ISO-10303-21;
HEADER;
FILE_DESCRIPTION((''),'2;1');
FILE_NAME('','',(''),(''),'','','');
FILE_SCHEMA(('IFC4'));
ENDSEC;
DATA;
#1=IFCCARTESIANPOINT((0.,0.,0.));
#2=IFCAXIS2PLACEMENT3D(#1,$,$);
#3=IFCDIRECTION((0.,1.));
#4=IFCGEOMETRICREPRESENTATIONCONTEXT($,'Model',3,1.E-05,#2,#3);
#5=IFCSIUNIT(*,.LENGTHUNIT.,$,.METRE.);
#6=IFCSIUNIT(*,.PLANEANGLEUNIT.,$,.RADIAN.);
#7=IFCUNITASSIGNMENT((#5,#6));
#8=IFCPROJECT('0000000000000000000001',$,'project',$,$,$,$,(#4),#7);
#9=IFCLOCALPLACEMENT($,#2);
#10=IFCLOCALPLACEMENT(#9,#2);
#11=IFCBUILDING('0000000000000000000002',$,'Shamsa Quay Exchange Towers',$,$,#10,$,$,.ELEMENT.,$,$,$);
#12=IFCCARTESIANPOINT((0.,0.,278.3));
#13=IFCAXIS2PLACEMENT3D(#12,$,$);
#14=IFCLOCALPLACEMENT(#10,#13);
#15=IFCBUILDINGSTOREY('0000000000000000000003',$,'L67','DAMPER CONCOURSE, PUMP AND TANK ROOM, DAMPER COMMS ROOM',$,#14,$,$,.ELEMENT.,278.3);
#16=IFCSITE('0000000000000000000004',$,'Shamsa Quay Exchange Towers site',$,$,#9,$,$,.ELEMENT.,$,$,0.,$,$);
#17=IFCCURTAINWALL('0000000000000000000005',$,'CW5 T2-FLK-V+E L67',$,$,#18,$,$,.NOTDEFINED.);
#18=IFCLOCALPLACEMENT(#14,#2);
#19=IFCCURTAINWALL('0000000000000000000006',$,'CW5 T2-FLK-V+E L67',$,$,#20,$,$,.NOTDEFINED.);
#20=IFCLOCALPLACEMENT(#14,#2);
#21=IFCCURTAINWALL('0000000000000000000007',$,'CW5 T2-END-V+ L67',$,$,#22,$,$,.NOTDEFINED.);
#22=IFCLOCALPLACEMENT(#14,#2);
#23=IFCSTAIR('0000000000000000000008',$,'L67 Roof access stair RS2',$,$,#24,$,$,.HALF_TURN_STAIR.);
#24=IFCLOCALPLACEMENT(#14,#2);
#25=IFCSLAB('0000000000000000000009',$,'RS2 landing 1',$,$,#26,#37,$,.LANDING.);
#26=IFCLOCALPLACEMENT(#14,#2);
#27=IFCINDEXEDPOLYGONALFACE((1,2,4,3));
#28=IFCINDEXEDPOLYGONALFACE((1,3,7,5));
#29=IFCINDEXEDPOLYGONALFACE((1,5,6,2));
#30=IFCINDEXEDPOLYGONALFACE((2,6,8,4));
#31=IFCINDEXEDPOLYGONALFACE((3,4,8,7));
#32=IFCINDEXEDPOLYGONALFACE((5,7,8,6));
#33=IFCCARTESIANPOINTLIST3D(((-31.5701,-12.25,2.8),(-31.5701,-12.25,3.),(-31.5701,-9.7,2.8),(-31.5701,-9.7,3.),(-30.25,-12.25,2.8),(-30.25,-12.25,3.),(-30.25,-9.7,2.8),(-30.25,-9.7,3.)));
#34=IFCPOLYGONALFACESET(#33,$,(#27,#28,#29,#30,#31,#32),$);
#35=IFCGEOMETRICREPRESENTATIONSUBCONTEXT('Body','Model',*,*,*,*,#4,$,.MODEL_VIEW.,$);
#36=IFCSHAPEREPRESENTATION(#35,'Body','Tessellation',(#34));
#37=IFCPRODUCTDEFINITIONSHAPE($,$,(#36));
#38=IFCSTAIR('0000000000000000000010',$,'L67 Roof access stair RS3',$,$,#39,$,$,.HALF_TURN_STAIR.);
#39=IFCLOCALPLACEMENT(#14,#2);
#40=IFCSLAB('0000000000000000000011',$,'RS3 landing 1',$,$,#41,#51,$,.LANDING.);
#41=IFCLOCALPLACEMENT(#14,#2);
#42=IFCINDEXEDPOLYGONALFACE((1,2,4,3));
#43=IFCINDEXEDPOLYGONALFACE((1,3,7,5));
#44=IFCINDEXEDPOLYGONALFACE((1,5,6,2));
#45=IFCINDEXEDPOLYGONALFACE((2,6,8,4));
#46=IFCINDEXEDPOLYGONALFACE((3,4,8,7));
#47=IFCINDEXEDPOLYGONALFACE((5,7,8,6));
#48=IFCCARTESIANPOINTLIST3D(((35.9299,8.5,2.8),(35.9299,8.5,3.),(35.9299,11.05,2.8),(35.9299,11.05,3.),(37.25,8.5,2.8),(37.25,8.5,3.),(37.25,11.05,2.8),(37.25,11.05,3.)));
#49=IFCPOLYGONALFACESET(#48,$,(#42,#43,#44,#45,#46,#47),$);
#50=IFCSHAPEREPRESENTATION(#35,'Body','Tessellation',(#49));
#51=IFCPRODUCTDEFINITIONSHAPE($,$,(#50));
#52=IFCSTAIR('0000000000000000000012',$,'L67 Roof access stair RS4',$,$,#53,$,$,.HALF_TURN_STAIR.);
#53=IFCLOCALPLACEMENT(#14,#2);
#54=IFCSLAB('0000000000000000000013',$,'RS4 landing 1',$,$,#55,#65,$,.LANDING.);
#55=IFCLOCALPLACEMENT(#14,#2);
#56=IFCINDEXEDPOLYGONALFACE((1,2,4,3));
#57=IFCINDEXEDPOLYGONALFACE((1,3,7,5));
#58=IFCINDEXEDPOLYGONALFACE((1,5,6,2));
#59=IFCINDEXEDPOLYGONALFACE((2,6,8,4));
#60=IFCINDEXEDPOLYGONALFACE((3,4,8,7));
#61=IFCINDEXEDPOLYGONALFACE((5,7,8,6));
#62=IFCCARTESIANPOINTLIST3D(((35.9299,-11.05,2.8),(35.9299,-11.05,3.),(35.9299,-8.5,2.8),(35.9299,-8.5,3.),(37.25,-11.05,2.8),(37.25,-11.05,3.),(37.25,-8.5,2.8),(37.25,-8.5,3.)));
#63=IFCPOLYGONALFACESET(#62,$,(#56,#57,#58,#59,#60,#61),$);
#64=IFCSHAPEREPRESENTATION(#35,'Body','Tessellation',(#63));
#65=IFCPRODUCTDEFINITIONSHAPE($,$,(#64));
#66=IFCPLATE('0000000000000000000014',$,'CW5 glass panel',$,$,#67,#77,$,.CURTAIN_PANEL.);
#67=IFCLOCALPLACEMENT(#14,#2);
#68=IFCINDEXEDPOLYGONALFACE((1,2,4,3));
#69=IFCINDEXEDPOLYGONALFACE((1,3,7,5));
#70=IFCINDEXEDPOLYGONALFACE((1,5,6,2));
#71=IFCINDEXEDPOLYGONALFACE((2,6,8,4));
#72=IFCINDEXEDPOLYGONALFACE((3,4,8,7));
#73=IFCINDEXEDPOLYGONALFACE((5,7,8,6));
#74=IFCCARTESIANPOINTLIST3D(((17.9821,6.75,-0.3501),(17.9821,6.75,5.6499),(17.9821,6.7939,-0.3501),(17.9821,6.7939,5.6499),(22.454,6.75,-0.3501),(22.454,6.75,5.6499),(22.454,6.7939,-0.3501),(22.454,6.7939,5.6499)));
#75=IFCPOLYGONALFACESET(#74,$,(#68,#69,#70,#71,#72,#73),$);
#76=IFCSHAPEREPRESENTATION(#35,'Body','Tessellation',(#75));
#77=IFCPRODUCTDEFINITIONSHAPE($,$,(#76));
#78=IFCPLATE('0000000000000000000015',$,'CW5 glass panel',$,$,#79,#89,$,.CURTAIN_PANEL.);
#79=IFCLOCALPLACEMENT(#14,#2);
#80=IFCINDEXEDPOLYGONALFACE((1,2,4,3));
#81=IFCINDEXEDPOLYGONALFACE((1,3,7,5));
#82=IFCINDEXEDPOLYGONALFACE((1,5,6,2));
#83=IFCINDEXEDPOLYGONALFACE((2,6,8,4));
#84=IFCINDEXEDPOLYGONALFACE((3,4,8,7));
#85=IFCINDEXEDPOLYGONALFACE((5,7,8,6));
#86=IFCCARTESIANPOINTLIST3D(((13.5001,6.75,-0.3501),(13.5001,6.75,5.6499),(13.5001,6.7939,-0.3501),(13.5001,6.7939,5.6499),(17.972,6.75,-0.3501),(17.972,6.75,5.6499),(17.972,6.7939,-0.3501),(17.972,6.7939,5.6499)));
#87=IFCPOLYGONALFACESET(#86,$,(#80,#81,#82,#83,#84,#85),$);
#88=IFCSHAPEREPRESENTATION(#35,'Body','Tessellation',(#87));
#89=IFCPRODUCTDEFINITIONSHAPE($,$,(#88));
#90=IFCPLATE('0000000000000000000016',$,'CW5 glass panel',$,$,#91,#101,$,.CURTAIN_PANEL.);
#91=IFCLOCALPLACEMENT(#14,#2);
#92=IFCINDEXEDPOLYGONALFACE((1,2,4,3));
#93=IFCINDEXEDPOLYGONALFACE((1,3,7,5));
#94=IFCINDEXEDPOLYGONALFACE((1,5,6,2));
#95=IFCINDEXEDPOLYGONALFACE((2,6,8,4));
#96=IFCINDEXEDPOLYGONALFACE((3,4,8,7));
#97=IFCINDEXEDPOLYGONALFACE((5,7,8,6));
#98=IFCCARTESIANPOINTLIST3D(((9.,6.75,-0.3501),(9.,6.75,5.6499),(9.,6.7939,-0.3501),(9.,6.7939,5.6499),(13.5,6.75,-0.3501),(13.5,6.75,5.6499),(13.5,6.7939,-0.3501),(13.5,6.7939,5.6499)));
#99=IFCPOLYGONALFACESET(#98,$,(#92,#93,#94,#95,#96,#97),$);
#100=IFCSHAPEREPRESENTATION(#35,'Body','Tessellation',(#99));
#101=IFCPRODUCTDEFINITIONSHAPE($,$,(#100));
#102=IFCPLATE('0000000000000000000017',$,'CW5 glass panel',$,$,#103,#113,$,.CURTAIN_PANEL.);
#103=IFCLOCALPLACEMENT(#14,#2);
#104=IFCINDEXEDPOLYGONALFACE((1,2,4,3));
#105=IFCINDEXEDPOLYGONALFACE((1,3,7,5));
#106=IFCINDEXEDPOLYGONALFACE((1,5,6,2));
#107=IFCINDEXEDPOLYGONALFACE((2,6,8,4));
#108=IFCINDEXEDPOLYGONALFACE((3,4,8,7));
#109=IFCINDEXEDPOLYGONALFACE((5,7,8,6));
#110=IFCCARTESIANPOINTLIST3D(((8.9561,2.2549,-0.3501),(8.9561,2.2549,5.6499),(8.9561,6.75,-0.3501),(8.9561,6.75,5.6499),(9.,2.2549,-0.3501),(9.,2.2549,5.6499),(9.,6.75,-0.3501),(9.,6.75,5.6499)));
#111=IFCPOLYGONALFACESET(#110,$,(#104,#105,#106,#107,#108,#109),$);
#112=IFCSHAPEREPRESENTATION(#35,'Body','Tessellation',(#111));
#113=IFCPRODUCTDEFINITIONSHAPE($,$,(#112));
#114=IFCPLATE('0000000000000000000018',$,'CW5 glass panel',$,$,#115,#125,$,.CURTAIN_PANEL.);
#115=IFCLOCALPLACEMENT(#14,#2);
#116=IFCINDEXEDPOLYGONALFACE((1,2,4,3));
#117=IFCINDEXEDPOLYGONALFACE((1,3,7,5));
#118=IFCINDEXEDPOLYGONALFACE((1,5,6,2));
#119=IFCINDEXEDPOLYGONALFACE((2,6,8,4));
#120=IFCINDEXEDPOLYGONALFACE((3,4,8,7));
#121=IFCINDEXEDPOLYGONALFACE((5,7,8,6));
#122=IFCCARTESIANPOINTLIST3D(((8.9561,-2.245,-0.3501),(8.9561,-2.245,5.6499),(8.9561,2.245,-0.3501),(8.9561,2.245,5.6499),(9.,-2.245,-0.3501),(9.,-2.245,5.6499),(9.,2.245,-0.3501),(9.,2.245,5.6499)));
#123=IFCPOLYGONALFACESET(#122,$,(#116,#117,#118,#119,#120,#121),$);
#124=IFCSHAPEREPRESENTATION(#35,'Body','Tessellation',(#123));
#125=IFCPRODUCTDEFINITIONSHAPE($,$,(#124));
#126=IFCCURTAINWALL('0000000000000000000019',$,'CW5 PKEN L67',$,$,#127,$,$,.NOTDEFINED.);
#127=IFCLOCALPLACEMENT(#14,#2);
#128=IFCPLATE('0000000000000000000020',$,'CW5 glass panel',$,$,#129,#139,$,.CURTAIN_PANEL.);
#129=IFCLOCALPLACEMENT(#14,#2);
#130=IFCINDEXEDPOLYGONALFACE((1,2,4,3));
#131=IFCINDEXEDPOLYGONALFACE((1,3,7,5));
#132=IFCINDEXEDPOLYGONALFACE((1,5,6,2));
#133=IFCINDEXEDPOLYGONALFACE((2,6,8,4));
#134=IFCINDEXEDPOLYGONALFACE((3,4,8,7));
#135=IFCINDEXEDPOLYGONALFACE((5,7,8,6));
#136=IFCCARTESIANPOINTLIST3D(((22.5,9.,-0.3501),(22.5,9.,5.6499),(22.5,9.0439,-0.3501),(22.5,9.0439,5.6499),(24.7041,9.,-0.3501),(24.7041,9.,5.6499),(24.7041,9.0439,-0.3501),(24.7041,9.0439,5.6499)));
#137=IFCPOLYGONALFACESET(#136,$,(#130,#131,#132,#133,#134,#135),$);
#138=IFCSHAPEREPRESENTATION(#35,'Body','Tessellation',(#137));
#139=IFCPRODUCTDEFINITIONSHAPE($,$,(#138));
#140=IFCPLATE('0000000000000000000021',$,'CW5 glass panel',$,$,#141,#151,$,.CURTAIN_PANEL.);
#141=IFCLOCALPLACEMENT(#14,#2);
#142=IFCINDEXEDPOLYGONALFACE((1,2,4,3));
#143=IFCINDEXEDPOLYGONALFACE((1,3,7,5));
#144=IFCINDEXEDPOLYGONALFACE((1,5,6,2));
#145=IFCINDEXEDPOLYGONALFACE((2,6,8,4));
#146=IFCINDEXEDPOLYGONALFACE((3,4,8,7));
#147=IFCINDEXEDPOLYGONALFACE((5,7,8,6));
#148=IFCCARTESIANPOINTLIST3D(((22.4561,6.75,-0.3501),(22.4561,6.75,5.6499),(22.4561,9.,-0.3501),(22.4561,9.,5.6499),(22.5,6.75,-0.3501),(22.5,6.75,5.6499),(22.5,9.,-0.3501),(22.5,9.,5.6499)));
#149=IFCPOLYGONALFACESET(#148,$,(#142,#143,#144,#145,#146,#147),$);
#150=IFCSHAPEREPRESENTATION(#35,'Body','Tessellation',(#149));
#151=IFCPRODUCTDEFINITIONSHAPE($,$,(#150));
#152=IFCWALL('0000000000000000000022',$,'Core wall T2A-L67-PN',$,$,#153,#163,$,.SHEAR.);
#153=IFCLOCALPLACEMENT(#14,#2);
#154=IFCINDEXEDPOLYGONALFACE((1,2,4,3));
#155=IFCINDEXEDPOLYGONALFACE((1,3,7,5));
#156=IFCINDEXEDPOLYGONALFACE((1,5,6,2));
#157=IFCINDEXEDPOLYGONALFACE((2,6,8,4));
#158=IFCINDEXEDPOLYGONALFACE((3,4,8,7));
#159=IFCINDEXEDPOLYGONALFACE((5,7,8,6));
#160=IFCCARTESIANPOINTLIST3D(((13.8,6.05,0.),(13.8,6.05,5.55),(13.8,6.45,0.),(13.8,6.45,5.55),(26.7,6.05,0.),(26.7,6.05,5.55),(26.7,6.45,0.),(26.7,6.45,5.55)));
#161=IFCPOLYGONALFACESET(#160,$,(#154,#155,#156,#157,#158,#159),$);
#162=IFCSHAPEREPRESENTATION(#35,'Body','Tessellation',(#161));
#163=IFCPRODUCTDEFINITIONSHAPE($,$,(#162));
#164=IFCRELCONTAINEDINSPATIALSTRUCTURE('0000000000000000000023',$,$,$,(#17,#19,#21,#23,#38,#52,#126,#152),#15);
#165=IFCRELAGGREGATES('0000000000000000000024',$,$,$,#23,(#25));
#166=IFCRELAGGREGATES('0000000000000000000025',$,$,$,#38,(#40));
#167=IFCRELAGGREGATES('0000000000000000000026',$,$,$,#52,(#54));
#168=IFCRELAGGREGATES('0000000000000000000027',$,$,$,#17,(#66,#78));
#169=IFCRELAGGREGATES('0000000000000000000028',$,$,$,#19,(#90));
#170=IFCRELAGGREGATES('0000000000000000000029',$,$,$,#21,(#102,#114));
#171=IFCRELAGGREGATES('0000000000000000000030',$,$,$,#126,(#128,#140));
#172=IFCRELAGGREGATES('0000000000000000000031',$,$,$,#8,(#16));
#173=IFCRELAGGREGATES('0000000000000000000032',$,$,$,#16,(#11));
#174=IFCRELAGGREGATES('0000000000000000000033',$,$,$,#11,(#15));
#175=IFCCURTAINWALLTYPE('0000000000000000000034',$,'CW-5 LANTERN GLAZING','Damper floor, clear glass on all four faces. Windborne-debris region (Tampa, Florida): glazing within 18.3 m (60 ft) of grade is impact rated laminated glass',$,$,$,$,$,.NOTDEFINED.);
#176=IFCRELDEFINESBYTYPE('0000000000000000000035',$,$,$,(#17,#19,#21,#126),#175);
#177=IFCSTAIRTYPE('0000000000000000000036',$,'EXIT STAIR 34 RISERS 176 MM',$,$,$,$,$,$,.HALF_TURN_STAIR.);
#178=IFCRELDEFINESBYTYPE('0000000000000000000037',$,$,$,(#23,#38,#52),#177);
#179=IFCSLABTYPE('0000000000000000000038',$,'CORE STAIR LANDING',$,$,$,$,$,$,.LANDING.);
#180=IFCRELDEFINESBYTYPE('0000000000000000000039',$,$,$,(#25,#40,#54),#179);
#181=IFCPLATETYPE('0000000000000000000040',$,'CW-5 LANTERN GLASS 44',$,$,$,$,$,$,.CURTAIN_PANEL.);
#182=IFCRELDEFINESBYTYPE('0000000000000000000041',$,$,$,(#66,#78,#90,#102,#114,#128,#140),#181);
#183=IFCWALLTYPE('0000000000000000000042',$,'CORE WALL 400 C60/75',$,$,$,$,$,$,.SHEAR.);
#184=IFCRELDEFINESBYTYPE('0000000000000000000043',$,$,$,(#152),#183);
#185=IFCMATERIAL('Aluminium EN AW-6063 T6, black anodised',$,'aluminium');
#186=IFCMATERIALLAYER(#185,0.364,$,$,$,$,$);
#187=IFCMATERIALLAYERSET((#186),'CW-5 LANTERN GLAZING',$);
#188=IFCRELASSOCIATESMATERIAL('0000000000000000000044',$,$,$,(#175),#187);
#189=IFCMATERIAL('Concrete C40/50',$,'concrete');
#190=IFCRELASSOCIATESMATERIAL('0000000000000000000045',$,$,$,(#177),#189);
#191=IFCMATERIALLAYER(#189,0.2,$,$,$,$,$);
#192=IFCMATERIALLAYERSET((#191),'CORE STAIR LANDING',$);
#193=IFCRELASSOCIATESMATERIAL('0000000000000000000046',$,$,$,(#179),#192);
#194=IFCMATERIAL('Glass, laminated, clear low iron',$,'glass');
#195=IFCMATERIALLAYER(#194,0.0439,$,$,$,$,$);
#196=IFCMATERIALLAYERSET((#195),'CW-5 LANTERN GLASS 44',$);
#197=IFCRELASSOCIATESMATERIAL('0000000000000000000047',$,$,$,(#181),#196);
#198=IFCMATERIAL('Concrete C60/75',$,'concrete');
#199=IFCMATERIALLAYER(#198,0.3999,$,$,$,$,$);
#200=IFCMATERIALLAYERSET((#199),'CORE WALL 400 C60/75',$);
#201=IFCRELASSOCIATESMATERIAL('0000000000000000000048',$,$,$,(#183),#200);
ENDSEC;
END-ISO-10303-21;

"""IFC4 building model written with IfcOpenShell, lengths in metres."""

from ifc_helpers import new_model, si_unit, direction, frame, frame_2d, origin, origin_2d, place, context, subcontext, project, spatial, polyline, rectangle, outline, extrude, material, layer, layer_set, type_object, element, aggregate, save


model = new_model("IFC4")

# Units and contexts
model_context = context("Model", 3, precision=1e-05, world=origin(), true_north=direction((0.0, 1.0)))
body_context = subcontext(model_context, "Body", "Model", "MODEL_VIEW")
ifc_project = project(units=[si_unit("LENGTHUNIT", "METRE"), si_unit("PLANEANGLEUNIT", "RADIAN")], contexts=[model_context])

# Site, building, storey
site_placement = place(None, origin())
site = spatial("IfcSite", under=ifc_project, at=site_placement, Name="Shamsa Quay Exchange Towers site", CompositionType="ELEMENT", RefElevation=0.0)
building_placement = place(site_placement, origin())
building = spatial("IfcBuilding", under=site, at=building_placement, Name="Shamsa Quay Exchange Towers", CompositionType="ELEMENT")
storey_placement = place(building_placement, frame((0.0, 0.0, 278.3)))
storey = spatial("IfcBuildingStorey", under=building, at=storey_placement, Name="L67", Description="DAMPER CONCOURSE, PUMP AND TANK ROOM, DAMPER COMMS ROOM", CompositionType="ELEMENT", Elevation=278.3)

# Curtain walls
ifc_material_1 = material(Name="Aluminium EN AW-6063 T6, black anodised", Category="aluminium")
ifc_layer_1 = layer(ifc_material_1, 0.364)
ifc_layer_set_1 = layer_set([ifc_layer_1], Name="CW-5 LANTERN GLAZING")
curtain_wall_type = type_object("IfcCurtainWallType", Name="CW-5 LANTERN GLAZING", Description="Damper floor, clear glass on all four faces. Windborne-debris region (Tampa, Florida): glazing within 18.3 m (60 ft) of grade is impact rated laminated glass", PredefinedType="NOTDEFINED", material=ifc_layer_set_1)
curtain_wall_1_placement = place(storey_placement, origin())
curtain_wall_1 = element("IfcCurtainWall", 1, at=curtain_wall_1_placement, inside=storey, type_object=curtain_wall_type, Name="CW5 T2-FLK-V+E L67", PredefinedType="NOTDEFINED")
curtain_wall_2_placement = place(storey_placement, origin())
curtain_wall_2 = element("IfcCurtainWall", 2, at=curtain_wall_2_placement, inside=storey, type_object=curtain_wall_type, Name="CW5 T2-FLK-V+E L67", PredefinedType="NOTDEFINED")
curtain_wall_3_placement = place(storey_placement, origin())
curtain_wall_3 = element("IfcCurtainWall", 3, at=curtain_wall_3_placement, inside=storey, type_object=curtain_wall_type, Name="CW5 T2-END-V+ L67", PredefinedType="NOTDEFINED")

# Stairs, slabs
ifc_material_2 = material(Name="Concrete C40/50", Category="concrete")
stair_type = type_object("IfcStairType", Name="EXIT STAIR 34 RISERS 176 MM", PredefinedType="HALF_TURN_STAIR", material=ifc_material_2)
stair_1_placement = place(storey_placement, origin())
stair_1 = element("IfcStair", 4, at=stair_1_placement, inside=storey, type_object=stair_type, Name="L67 Roof access stair RS2", PredefinedType="HALF_TURN_STAIR")
ifc_layer_2 = layer(ifc_material_2, 0.2)
ifc_layer_set_2 = layer_set([ifc_layer_2], Name="CORE STAIR LANDING")
slab_type = type_object("IfcSlabType", Name="CORE STAIR LANDING", PredefinedType="LANDING", material=ifc_layer_set_2)
slab_1_placement = place(storey_placement, frame((0.0, 0.0, 2.8)))
slab_1 = element("IfcSlab", 5, at=slab_1_placement, type_object=slab_type, Name="RS2 landing 1", PredefinedType="LANDING", context=body_context, shape_type="SweptSolid", body=[
    extrude(outline(polyline([(-31.5701, -12.25), (-30.25, -12.25), (-30.25, -9.7), (-31.5701, -9.7), (-31.5701, -12.25)])), origin(), (0.0, 0.0, 1.0), 0.2),
])
aggregate(stair_1, [slab_1])
stair_2_placement = place(storey_placement, origin())
stair_2 = element("IfcStair", 6, at=stair_2_placement, inside=storey, type_object=stair_type, Name="L67 Roof access stair RS3", PredefinedType="HALF_TURN_STAIR")
slab_2_placement = place(storey_placement, frame((0.0, 0.0, 2.8)))
slab_2 = element("IfcSlab", 7, at=slab_2_placement, type_object=slab_type, Name="RS3 landing 1", PredefinedType="LANDING", context=body_context, shape_type="SweptSolid", body=[
    extrude(outline(polyline([(35.9299, 8.5), (37.25, 8.5), (37.25, 11.05), (35.9299, 11.05), (35.9299, 8.5)])), origin(), (0.0, 0.0, 1.0), 0.2),
])
aggregate(stair_2, [slab_2])
stair_3_placement = place(storey_placement, origin())
stair_3 = element("IfcStair", 8, at=stair_3_placement, inside=storey, type_object=stair_type, Name="L67 Roof access stair RS4", PredefinedType="HALF_TURN_STAIR")
slab_3_placement = place(storey_placement, frame((0.0, 0.0, 2.8)))
slab_3 = element("IfcSlab", 9, at=slab_3_placement, type_object=slab_type, Name="RS4 landing 1", PredefinedType="LANDING", context=body_context, shape_type="SweptSolid", body=[
    extrude(outline(polyline([(35.9299, -11.05), (37.25, -11.05), (37.25, -8.5), (35.9299, -8.5), (35.9299, -11.05)])), origin(), (0.0, 0.0, 1.0), 0.2),
])
aggregate(stair_3, [slab_3])

# Plates
ifc_material_3 = material(Name="Glass, laminated, clear low iron", Category="glass")
ifc_layer_3 = layer(ifc_material_3, 0.0439)
ifc_layer_set_3 = layer_set([ifc_layer_3], Name="CW-5 LANTERN GLASS 44")
plate_type = type_object("IfcPlateType", Name="CW-5 LANTERN GLASS 44", PredefinedType="CURTAIN_PANEL", material=ifc_layer_set_3)
plate_1_placement = place(storey_placement, frame((20.218, 6.772, -0.3501), z_axis=(0.0, 0.0, 1.0), x_axis=(-1.0, 0.0, 0.0)))
plate_1 = element("IfcPlate", 10, at=plate_1_placement, type_object=plate_type, Name="CW5 glass panel", PredefinedType="CURTAIN_PANEL", context=body_context, shape_type="SweptSolid", body=[
    extrude(rectangle(XDim=4.4719, YDim=0.0439, at=origin_2d()), origin(), (0.0, 0.0, 1.0), 6.0),
])
plate_2_placement = place(storey_placement, frame((15.7361, 6.772, -0.3501), z_axis=(0.0, 0.0, 1.0), x_axis=(-1.0, 0.0, 0.0)))
plate_2 = element("IfcPlate", 11, at=plate_2_placement, type_object=plate_type, Name="CW5 glass panel", PredefinedType="CURTAIN_PANEL", context=body_context, shape_type="SweptSolid", body=[
    extrude(rectangle(XDim=4.4719, YDim=0.0439, at=origin_2d()), origin(), (0.0, 0.0, 1.0), 6.0),
])
aggregate(curtain_wall_1, [plate_1, plate_2])
plate_3_placement = place(storey_placement, frame((11.25, 6.772, -0.3501), z_axis=(0.0, 0.0, 1.0), x_axis=(-1.0, 0.0, 0.0)))
plate_3 = element("IfcPlate", 12, at=plate_3_placement, type_object=plate_type, Name="CW5 glass panel", PredefinedType="CURTAIN_PANEL", context=body_context, shape_type="SweptSolid", body=[
    extrude(rectangle(XDim=4.5, YDim=0.0439, at=origin_2d()), origin(), (0.0, 0.0, 1.0), 6.0),
])
aggregate(curtain_wall_2, [plate_3])
plate_4_placement = place(storey_placement, frame((8.978, 4.5024, -0.3501), z_axis=(0.0, 0.0, 1.0), x_axis=(0.0, -1.0, 0.0)))
plate_4 = element("IfcPlate", 13, at=plate_4_placement, type_object=plate_type, Name="CW5 glass panel", PredefinedType="CURTAIN_PANEL", context=body_context, shape_type="SweptSolid", body=[
    extrude(rectangle(XDim=4.4951, YDim=0.0439, at=origin_2d()), origin(), (0.0, 0.0, 1.0), 6.0),
])
plate_5_placement = place(storey_placement, frame((8.978, 0.0, -0.3501), z_axis=(0.0, 0.0, 1.0), x_axis=(0.0, -1.0, 0.0)))
plate_5 = element("IfcPlate", 14, at=plate_5_placement, type_object=plate_type, Name="CW5 glass panel", PredefinedType="CURTAIN_PANEL", context=body_context, shape_type="SweptSolid", body=[
    extrude(rectangle(XDim=4.49, YDim=0.0439, at=origin_2d()), origin(), (0.0, 0.0, 1.0), 6.0),
])
aggregate(curtain_wall_3, [plate_4, plate_5])

# Curtain wall, plates
curtain_wall_4_placement = place(storey_placement, origin())
curtain_wall_4 = element("IfcCurtainWall", 15, at=curtain_wall_4_placement, inside=storey, type_object=curtain_wall_type, Name="CW5 PKEN L67", PredefinedType="NOTDEFINED")
plate_6_placement = place(storey_placement, frame((23.6021, 9.022, -0.3501), z_axis=(0.0, 0.0, 1.0), x_axis=(-1.0, 0.0, 0.0)))
plate_6 = element("IfcPlate", 16, at=plate_6_placement, type_object=plate_type, Name="CW5 glass panel", PredefinedType="CURTAIN_PANEL", context=body_context, shape_type="SweptSolid", body=[
    extrude(rectangle(XDim=2.2041, YDim=0.0439, at=origin_2d()), origin(), (0.0, 0.0, 1.0), 6.0),
])
plate_7_placement = place(storey_placement, frame((22.478, 7.875, -0.3501), z_axis=(0.0, 0.0, 1.0), x_axis=(0.0, -1.0, 0.0)))
plate_7 = element("IfcPlate", 17, at=plate_7_placement, type_object=plate_type, Name="CW5 glass panel", PredefinedType="CURTAIN_PANEL", context=body_context, shape_type="SweptSolid", body=[
    extrude(rectangle(XDim=2.25, YDim=0.0439, at=origin_2d()), origin(), (0.0, 0.0, 1.0), 6.0),
])
aggregate(curtain_wall_4, [plate_6, plate_7])

# Wall
ifc_material_4 = material(Name="Concrete C60/75", Category="concrete")
ifc_layer_4 = layer(ifc_material_4, 0.3999)
ifc_layer_set_4 = layer_set([ifc_layer_4], Name="CORE WALL 400 C60/75")
wall_type_1 = type_object("IfcWallType", Name="CORE WALL 400 C60/75", PredefinedType="SHEAR", material=ifc_layer_set_4)
wall_1_placement = place(storey_placement, frame((13.8, 6.25, 0.0)))
element("IfcWall", 18, at=wall_1_placement, inside=storey, type_object=wall_type_1, Name="Core wall T2A-L67-PN", PredefinedType="SHEAR", context=body_context, shape_type="SweptSolid", body=[
    extrude(rectangle(XDim=12.8999, YDim=0.3999, at=frame_2d((6.45, 0.0))), origin(), (0.0, 0.0, 1.0), 5.55),
])

save(model, "model.ifc")
